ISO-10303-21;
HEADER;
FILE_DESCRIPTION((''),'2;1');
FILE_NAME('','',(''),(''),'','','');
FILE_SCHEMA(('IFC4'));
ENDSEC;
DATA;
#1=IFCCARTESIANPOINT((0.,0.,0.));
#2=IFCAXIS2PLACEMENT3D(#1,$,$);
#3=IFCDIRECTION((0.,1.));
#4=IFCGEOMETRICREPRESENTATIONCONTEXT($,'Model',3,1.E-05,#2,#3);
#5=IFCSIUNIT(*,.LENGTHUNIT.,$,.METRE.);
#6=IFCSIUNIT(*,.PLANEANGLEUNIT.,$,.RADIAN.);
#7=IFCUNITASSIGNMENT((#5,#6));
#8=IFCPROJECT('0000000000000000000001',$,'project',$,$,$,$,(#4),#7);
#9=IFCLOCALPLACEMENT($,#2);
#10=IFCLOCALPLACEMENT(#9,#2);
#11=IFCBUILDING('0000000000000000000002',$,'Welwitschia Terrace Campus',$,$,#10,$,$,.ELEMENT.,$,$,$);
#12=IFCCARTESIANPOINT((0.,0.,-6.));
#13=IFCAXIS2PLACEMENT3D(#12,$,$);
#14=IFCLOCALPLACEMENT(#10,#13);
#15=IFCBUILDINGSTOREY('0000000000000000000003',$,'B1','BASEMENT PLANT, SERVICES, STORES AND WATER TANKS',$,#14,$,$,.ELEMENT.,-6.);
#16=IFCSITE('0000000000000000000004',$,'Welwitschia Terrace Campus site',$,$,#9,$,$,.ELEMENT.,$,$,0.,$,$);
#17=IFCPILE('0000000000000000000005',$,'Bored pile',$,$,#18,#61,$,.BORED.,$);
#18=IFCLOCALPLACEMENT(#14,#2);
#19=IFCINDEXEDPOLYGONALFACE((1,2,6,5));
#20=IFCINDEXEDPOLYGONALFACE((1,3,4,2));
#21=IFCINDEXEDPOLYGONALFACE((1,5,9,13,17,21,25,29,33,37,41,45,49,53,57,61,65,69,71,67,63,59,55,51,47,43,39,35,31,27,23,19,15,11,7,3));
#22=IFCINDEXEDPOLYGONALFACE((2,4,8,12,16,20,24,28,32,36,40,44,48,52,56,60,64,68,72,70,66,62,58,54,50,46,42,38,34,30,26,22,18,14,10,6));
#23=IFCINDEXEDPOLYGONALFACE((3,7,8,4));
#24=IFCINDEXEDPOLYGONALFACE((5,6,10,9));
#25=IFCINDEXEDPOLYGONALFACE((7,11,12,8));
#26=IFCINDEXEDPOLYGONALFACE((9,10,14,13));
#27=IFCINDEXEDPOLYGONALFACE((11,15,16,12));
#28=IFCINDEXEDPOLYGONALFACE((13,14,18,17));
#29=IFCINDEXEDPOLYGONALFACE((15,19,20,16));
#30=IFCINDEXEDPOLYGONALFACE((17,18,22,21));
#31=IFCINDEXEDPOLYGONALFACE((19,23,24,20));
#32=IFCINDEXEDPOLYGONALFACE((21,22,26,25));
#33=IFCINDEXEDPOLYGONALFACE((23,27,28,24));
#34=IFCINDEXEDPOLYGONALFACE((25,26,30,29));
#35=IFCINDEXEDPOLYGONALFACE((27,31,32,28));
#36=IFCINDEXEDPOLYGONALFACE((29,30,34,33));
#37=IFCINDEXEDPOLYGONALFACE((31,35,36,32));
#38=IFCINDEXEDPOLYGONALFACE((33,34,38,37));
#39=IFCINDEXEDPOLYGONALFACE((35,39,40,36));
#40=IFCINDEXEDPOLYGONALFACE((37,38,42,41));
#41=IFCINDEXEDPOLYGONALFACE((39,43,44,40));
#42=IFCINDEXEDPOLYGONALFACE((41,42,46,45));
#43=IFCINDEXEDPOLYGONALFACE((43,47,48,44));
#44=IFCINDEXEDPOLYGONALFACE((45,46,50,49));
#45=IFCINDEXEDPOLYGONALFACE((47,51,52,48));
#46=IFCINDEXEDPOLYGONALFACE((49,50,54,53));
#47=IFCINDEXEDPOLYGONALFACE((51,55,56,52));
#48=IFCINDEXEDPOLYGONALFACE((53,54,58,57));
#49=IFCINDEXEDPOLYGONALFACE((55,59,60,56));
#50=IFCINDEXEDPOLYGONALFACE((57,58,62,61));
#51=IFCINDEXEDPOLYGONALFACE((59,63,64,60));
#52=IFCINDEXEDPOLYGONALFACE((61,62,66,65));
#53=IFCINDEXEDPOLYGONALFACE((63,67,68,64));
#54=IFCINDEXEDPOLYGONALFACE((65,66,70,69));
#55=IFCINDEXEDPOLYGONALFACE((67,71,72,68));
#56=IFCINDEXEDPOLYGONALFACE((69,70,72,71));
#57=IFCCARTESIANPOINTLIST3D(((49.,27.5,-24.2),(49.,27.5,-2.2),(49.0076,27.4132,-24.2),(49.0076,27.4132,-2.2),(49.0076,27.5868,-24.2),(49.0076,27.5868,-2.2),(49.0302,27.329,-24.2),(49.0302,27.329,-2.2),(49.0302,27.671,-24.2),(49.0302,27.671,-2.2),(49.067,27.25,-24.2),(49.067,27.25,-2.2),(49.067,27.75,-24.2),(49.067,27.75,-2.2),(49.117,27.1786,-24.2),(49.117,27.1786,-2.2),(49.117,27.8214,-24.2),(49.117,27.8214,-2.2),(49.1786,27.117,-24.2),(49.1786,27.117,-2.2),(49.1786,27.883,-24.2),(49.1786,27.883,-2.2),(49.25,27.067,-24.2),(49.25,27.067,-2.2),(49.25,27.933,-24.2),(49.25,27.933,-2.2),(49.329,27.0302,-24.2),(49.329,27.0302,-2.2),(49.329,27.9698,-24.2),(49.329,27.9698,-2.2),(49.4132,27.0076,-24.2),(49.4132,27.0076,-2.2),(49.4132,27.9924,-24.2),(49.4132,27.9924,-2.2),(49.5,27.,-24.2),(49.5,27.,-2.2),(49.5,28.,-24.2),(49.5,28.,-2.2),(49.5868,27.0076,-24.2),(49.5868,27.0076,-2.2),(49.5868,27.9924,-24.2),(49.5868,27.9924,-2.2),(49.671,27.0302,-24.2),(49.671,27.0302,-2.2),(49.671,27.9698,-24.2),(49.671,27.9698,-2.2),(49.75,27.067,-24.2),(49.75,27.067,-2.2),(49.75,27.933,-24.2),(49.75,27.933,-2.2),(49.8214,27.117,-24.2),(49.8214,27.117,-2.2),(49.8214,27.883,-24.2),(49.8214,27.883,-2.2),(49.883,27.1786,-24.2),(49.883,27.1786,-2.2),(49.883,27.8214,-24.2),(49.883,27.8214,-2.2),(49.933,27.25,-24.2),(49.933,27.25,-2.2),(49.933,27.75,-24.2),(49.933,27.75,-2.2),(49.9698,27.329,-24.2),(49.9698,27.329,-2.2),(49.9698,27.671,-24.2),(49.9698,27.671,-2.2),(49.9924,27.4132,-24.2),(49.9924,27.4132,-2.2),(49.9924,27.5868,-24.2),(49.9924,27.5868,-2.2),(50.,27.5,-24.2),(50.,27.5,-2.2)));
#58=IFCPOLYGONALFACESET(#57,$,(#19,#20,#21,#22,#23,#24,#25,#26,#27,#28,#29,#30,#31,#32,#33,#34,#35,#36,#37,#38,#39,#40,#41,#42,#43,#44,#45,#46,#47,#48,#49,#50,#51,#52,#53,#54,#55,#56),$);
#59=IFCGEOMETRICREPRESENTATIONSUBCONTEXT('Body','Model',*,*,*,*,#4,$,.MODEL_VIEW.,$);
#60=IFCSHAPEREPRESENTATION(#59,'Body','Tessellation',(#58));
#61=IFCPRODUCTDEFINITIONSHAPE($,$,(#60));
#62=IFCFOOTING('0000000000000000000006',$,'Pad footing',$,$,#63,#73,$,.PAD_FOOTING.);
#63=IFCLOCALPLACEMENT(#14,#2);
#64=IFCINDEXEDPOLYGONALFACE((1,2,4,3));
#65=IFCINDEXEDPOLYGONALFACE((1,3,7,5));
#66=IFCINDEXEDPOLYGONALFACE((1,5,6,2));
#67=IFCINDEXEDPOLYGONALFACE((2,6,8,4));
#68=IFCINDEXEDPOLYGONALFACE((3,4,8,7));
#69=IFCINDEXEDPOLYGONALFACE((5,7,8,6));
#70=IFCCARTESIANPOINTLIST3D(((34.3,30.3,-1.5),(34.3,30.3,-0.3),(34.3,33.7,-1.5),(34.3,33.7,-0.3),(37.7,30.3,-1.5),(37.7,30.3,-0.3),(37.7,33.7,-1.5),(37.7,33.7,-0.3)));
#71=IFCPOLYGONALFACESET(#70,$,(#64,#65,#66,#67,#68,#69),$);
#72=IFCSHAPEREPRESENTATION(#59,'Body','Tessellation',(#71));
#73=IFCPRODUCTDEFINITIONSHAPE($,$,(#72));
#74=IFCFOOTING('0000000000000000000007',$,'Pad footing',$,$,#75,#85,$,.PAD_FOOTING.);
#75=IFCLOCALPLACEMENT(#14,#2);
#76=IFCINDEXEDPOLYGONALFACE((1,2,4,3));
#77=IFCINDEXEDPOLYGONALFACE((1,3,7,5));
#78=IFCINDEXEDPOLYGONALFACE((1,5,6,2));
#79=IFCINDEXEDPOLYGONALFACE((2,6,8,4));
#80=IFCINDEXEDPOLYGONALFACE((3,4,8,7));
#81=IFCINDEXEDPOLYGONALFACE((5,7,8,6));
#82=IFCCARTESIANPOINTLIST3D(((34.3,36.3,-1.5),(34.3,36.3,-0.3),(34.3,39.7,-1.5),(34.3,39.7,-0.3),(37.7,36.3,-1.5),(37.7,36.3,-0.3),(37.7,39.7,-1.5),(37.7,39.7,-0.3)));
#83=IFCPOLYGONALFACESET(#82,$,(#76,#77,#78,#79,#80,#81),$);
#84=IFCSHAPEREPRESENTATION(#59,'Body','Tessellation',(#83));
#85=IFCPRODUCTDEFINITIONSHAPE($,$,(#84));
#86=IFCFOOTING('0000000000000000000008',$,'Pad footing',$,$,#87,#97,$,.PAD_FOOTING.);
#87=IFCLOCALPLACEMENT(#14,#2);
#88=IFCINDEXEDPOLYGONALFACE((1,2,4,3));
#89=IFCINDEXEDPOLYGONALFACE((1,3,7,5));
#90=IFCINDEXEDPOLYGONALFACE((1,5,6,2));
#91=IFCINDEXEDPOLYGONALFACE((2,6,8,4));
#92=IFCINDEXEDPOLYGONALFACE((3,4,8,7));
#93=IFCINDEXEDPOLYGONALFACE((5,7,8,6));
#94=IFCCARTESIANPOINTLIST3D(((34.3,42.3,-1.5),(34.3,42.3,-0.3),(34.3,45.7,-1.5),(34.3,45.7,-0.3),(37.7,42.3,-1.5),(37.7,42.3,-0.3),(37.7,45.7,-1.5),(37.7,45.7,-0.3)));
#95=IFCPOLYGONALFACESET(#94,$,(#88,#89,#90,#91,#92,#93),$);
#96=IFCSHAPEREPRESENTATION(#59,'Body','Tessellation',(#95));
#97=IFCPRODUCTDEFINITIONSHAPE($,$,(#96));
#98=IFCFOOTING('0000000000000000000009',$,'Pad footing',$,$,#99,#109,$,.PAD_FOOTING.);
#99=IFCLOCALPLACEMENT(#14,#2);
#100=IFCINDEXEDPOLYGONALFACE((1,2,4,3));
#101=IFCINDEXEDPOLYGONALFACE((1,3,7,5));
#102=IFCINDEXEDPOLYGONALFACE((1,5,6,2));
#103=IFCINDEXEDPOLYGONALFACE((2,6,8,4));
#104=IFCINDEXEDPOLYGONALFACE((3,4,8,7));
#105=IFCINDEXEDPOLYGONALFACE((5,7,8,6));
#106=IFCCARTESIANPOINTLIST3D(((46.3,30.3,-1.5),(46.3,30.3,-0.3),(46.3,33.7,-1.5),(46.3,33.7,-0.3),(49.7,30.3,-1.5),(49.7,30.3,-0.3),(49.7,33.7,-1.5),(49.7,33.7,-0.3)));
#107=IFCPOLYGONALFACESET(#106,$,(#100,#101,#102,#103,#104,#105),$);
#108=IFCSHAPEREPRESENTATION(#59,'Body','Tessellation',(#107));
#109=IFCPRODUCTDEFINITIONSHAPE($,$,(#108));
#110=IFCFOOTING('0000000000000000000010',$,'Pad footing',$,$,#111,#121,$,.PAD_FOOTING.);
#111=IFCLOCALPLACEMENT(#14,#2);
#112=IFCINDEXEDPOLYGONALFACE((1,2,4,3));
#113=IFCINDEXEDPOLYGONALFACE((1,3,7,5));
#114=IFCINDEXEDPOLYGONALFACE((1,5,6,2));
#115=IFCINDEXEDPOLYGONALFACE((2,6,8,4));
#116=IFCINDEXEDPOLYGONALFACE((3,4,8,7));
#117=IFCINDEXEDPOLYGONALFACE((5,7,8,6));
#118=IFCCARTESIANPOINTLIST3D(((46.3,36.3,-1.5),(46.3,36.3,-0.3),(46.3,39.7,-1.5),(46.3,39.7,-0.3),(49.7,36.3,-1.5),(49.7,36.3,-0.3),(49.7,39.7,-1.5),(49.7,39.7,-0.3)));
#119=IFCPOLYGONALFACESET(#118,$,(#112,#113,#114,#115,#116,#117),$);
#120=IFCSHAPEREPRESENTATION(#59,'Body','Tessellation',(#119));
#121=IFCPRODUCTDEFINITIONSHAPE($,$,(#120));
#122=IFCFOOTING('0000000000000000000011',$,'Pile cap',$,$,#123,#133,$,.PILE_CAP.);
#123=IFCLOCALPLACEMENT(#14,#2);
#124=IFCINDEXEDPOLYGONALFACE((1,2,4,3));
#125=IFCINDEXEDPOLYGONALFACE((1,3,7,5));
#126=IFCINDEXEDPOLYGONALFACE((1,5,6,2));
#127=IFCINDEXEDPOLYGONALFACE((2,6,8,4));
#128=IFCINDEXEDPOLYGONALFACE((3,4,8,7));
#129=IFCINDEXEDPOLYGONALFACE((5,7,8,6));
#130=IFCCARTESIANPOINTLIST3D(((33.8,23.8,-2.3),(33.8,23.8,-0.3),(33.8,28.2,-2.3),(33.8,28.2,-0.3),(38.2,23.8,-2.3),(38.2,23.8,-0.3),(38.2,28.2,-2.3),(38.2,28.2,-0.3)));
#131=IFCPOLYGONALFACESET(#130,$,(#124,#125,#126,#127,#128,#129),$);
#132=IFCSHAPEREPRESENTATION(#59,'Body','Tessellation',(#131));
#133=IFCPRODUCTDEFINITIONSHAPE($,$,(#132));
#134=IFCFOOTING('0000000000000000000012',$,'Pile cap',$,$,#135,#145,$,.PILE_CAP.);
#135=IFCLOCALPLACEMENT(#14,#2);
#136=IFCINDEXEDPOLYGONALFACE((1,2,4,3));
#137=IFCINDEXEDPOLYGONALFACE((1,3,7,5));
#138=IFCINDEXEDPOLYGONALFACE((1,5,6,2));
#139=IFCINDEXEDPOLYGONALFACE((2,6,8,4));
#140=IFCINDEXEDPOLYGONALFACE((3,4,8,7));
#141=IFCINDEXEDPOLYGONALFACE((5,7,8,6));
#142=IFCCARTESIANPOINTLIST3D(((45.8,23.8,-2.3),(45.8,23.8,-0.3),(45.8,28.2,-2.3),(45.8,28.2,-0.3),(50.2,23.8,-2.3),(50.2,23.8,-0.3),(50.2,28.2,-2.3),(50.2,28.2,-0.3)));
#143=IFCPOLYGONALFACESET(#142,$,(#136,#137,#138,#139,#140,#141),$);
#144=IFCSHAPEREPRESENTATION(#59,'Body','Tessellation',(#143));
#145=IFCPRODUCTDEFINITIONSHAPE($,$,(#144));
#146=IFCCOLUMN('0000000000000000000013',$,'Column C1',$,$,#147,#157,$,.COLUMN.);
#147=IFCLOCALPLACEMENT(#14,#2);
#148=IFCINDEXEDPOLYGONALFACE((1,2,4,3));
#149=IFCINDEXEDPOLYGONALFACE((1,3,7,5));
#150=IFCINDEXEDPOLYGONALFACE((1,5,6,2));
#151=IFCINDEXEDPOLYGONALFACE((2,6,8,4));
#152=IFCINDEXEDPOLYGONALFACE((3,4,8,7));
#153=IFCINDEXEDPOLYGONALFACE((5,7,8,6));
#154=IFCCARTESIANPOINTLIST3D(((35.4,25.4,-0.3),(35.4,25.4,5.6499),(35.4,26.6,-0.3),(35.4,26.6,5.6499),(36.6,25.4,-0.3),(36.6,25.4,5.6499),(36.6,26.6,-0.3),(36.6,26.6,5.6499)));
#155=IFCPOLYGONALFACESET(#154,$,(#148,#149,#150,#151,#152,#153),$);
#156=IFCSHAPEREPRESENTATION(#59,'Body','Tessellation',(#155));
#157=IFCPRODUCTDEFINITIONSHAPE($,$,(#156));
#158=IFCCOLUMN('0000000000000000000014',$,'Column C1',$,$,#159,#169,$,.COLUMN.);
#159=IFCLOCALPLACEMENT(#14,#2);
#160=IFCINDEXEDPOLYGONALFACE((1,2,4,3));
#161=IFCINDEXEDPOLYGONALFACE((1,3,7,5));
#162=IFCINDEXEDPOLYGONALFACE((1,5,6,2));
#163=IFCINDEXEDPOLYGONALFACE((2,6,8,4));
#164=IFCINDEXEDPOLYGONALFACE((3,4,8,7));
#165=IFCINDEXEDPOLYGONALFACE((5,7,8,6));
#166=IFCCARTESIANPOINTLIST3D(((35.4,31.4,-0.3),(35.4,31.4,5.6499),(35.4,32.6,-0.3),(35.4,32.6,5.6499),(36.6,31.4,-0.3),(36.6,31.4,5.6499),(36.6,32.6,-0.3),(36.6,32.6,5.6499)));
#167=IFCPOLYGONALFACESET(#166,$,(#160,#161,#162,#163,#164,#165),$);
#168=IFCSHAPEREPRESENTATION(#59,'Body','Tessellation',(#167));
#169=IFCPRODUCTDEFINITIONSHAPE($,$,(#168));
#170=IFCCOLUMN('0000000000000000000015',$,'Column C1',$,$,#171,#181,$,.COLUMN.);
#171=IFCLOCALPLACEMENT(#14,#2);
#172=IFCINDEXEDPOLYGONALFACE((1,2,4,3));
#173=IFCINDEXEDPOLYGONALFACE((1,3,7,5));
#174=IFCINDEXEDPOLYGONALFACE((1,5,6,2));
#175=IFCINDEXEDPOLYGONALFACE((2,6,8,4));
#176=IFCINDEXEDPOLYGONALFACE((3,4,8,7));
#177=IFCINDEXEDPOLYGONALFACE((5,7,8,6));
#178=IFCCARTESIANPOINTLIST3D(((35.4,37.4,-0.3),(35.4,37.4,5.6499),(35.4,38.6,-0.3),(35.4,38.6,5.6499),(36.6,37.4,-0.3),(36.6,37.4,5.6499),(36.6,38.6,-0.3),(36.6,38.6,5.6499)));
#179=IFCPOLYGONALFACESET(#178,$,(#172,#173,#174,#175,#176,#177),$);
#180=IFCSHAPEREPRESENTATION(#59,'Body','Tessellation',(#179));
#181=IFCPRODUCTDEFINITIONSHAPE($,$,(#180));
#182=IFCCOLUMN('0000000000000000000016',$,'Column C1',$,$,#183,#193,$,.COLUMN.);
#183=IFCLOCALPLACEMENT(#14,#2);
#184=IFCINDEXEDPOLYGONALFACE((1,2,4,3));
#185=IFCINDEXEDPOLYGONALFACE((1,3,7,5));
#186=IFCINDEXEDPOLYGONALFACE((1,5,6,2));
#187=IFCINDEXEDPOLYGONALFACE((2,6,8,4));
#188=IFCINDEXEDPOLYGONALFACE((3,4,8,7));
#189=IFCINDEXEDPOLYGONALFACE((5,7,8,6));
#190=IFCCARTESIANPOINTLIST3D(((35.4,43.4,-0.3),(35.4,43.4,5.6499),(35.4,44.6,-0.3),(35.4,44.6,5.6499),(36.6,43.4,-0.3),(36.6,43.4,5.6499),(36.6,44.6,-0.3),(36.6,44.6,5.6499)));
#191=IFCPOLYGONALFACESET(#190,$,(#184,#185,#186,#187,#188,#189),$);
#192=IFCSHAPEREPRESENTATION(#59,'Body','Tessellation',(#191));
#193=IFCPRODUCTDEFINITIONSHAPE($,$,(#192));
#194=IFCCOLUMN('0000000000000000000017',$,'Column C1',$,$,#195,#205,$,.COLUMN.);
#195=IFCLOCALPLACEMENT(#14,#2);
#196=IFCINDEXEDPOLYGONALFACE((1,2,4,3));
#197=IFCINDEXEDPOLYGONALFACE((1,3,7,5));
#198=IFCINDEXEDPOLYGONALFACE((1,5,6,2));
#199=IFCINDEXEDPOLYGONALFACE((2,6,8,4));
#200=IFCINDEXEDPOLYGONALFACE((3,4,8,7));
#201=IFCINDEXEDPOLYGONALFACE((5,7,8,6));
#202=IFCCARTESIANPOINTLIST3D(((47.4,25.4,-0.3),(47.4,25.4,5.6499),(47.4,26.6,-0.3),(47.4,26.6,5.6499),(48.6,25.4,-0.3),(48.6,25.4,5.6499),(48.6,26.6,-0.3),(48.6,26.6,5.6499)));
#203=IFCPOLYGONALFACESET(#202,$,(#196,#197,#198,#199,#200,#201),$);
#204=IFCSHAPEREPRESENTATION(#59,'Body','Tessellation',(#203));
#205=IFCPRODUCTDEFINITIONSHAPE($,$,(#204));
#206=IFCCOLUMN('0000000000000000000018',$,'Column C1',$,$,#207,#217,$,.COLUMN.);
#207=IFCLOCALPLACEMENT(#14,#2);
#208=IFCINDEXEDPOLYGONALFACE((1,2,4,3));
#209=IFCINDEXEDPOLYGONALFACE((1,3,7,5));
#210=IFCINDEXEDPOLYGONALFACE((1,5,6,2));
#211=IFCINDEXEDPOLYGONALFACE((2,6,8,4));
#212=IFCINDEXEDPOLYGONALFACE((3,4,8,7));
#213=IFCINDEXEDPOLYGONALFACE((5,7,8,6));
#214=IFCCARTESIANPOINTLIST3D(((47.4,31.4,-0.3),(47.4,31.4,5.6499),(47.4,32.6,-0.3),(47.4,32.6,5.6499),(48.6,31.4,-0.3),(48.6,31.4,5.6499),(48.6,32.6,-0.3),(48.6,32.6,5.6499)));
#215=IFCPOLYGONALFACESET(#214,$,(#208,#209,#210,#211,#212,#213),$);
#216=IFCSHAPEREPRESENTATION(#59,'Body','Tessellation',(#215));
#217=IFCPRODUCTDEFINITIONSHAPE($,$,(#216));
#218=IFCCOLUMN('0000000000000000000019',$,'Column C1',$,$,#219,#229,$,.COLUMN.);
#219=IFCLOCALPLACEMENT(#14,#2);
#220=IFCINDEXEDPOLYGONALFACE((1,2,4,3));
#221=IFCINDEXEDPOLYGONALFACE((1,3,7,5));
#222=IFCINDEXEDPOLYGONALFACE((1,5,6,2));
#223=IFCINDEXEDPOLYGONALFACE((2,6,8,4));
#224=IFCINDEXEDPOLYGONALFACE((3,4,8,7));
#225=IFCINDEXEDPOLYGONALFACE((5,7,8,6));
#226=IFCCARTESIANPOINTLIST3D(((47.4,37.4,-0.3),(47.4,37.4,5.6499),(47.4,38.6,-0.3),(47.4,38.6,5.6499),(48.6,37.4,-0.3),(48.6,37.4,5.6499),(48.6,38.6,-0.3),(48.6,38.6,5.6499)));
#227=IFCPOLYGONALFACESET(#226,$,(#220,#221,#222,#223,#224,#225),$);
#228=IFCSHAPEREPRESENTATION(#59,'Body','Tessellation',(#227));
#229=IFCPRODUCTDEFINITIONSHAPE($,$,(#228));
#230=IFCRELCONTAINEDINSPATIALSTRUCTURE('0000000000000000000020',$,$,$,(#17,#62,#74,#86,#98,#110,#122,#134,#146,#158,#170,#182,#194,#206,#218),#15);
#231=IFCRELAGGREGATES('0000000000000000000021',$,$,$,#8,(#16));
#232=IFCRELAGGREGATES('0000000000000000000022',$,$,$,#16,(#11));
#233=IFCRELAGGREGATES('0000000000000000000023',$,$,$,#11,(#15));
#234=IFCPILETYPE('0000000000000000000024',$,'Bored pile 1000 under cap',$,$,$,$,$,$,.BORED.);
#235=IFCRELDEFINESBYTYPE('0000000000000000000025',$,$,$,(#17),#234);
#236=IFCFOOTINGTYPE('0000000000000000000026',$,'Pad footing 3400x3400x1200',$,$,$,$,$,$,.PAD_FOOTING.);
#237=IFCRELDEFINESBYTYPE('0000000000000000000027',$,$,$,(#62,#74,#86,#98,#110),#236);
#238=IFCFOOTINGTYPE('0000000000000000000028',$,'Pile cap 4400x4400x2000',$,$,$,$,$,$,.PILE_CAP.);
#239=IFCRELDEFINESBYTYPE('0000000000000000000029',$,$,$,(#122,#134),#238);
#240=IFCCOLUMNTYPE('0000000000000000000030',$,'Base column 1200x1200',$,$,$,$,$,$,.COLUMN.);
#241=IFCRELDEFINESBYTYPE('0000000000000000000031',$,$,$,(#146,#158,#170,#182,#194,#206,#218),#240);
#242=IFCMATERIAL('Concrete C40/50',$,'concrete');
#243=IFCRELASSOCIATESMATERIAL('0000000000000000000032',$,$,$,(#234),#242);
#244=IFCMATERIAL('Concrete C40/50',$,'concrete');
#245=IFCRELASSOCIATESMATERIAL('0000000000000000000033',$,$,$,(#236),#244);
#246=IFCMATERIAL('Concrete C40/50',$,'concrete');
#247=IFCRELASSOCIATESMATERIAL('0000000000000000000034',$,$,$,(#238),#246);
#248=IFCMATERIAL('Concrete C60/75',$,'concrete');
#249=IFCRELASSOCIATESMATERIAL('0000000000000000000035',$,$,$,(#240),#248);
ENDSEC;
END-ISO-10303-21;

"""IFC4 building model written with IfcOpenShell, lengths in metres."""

from ifc_helpers import new_model, si_unit, direction, frame, origin, origin_2d, place, context, subcontext, project, spatial, rectangle, circle, extrude, material, material_profile, profile_set, type_object, element, save


model = new_model("IFC4")

# Units and contexts
model_context = context("Model", 3, precision=1e-05, world=origin(), true_north=direction((0.0, 1.0)))
body_context = subcontext(model_context, "Body", "Model", "MODEL_VIEW")
ifc_project = project(units=[si_unit("LENGTHUNIT", "METRE"), si_unit("PLANEANGLEUNIT", "RADIAN")], contexts=[model_context])

# Site, building, storey
site_placement = place(None, origin())
site = spatial("IfcSite", under=ifc_project, at=site_placement, Name="Welwitschia Terrace Campus site", CompositionType="ELEMENT", RefElevation=0.0)
building_placement = place(site_placement, origin())
building = spatial("IfcBuilding", under=site, at=building_placement, Name="Welwitschia Terrace Campus", CompositionType="ELEMENT")
storey_placement = place(building_placement, frame((0.0, 0.0, -6.0)))
storey = spatial("IfcBuildingStorey", under=building, at=storey_placement, Name="B1", Description="BASEMENT PLANT, SERVICES, STORES AND WATER TANKS", CompositionType="ELEMENT", Elevation=-6.0)

# Pile
ifc_material_1 = material(Name="Concrete C40/50", Category="concrete")
pile_type = type_object("IfcPileType", Name="Bored pile 1000 under cap", PredefinedType="BORED", material=ifc_material_1)
for number, where, z_axis, x_axis, name in (
    (1, (49.5, 27.5, -2.2), (0.0, 0.0, -1.0), (1.0, 0.0, 0.0), "Bored pile"),
):
    element("IfcPile", number, at=place(storey_placement, frame(where, z_axis=z_axis, x_axis=x_axis)), inside=storey, type_object=pile_type, Name=name, PredefinedType="BORED", context=body_context, shape_type="SweptSolid", body=[
        extrude(circle(Radius=0.5, at=origin_2d()), origin(), (0.0, 0.0, 1.0), 22.0),
    ])

# Footings
ifc_material_2 = material(Name="Concrete C40/50", Category="concrete")
footing_type_1 = type_object("IfcFootingType", Name="Pad footing 3400x3400x1200", PredefinedType="PAD_FOOTING", material=ifc_material_2)
for number, where, z_axis, x_axis, name in (
    (2, (36.0, 32.0, -1.5), (0.0, 0.0, 1.0), (1.0, 0.0, 0.0), "Pad footing"),
    (3, (36.0, 38.0, -1.5), (0.0, 0.0, 1.0), (1.0, 0.0, 0.0), "Pad footing"),
    (4, (36.0, 44.0, -1.5), (0.0, 0.0, 1.0), (1.0, 0.0, 0.0), "Pad footing"),
    (5, (48.0, 32.0, -1.5), (0.0, 0.0, 1.0), (1.0, 0.0, 0.0), "Pad footing"),
    (6, (48.0, 38.0, -1.5), (0.0, 0.0, 1.0), (1.0, 0.0, 0.0), "Pad footing"),
):
    element("IfcFooting", number, at=place(storey_placement, frame(where, z_axis=z_axis, x_axis=x_axis)), inside=storey, type_object=footing_type_1, Name=name, PredefinedType="PAD_FOOTING", context=body_context, shape_type="SweptSolid", body=[
        extrude(rectangle(XDim=3.3999, YDim=3.3999, at=origin_2d()), origin(), (0.0, 0.0, 1.0), 1.2),
    ])
ifc_material_3 = material(Name="Concrete C40/50", Category="concrete")
footing_type_2 = type_object("IfcFootingType", Name="Pile cap 4400x4400x2000", PredefinedType="PILE_CAP", material=ifc_material_3)
for number, where, z_axis, x_axis, name in (
    (7, (36.0, 26.0, -2.3), (0.0, 0.0, 1.0), (1.0, 0.0, 0.0), "Pile cap"),
    (8, (48.0, 26.0, -2.3), (0.0, 0.0, 1.0), (1.0, 0.0, 0.0), "Pile cap"),
):
    element("IfcFooting", number, at=place(storey_placement, frame(where, z_axis=z_axis, x_axis=x_axis)), inside=storey, type_object=footing_type_2, Name=name, PredefinedType="PILE_CAP", context=body_context, shape_type="SweptSolid", body=[
        extrude(rectangle(XDim=4.3999, YDim=4.3999, at=origin_2d()), origin(), (0.0, 0.0, 1.0), 2.0),
    ])

# Columns
ifc_material_4 = material(Name="Concrete C60/75", Category="concrete")
ifc_material_profile = material_profile(ifc_material_4, rectangle(XDim=1.2, YDim=1.2, at=origin_2d()))
ifc_profile_set = profile_set([ifc_material_profile], Name="Concrete C60/75")
column_type = type_object("IfcColumnType", Name="Base column 1200x1200", PredefinedType="COLUMN", material=ifc_profile_set)
for number, where, z_axis, x_axis, name in (
    (9, (36.0, 26.0, -0.3), (0.0, 0.0, 1.0), (1.0, 0.0, 0.0), "Column C1"),
    (10, (36.0, 32.0, -0.3), (0.0, 0.0, 1.0), (1.0, 0.0, 0.0), "Column C1"),
    (11, (36.0, 38.0, -0.3), (0.0, 0.0, 1.0), (1.0, 0.0, 0.0), "Column C1"),
    (12, (36.0, 44.0, -0.3), (0.0, 0.0, 1.0), (1.0, 0.0, 0.0), "Column C1"),
    (13, (48.0, 26.0, -0.3), (0.0, 0.0, 1.0), (1.0, 0.0, 0.0), "Column C1"),
    (14, (48.0, 32.0, -0.3), (0.0, 0.0, 1.0), (1.0, 0.0, 0.0), "Column C1"),
    (15, (48.0, 38.0, -0.3), (0.0, 0.0, 1.0), (1.0, 0.0, 0.0), "Column C1"),
):
    element("IfcColumn", number, at=place(storey_placement, frame(where, z_axis=z_axis, x_axis=x_axis)), inside=storey, type_object=column_type, Name=name, PredefinedType="COLUMN", context=body_context, shape_type="SweptSolid", body=[
        extrude(rectangle(XDim=1.2, YDim=1.2, at=origin_2d()), origin(), (0.0, 0.0, 1.0), 5.95),
    ])

save(model, "model.ifc")
